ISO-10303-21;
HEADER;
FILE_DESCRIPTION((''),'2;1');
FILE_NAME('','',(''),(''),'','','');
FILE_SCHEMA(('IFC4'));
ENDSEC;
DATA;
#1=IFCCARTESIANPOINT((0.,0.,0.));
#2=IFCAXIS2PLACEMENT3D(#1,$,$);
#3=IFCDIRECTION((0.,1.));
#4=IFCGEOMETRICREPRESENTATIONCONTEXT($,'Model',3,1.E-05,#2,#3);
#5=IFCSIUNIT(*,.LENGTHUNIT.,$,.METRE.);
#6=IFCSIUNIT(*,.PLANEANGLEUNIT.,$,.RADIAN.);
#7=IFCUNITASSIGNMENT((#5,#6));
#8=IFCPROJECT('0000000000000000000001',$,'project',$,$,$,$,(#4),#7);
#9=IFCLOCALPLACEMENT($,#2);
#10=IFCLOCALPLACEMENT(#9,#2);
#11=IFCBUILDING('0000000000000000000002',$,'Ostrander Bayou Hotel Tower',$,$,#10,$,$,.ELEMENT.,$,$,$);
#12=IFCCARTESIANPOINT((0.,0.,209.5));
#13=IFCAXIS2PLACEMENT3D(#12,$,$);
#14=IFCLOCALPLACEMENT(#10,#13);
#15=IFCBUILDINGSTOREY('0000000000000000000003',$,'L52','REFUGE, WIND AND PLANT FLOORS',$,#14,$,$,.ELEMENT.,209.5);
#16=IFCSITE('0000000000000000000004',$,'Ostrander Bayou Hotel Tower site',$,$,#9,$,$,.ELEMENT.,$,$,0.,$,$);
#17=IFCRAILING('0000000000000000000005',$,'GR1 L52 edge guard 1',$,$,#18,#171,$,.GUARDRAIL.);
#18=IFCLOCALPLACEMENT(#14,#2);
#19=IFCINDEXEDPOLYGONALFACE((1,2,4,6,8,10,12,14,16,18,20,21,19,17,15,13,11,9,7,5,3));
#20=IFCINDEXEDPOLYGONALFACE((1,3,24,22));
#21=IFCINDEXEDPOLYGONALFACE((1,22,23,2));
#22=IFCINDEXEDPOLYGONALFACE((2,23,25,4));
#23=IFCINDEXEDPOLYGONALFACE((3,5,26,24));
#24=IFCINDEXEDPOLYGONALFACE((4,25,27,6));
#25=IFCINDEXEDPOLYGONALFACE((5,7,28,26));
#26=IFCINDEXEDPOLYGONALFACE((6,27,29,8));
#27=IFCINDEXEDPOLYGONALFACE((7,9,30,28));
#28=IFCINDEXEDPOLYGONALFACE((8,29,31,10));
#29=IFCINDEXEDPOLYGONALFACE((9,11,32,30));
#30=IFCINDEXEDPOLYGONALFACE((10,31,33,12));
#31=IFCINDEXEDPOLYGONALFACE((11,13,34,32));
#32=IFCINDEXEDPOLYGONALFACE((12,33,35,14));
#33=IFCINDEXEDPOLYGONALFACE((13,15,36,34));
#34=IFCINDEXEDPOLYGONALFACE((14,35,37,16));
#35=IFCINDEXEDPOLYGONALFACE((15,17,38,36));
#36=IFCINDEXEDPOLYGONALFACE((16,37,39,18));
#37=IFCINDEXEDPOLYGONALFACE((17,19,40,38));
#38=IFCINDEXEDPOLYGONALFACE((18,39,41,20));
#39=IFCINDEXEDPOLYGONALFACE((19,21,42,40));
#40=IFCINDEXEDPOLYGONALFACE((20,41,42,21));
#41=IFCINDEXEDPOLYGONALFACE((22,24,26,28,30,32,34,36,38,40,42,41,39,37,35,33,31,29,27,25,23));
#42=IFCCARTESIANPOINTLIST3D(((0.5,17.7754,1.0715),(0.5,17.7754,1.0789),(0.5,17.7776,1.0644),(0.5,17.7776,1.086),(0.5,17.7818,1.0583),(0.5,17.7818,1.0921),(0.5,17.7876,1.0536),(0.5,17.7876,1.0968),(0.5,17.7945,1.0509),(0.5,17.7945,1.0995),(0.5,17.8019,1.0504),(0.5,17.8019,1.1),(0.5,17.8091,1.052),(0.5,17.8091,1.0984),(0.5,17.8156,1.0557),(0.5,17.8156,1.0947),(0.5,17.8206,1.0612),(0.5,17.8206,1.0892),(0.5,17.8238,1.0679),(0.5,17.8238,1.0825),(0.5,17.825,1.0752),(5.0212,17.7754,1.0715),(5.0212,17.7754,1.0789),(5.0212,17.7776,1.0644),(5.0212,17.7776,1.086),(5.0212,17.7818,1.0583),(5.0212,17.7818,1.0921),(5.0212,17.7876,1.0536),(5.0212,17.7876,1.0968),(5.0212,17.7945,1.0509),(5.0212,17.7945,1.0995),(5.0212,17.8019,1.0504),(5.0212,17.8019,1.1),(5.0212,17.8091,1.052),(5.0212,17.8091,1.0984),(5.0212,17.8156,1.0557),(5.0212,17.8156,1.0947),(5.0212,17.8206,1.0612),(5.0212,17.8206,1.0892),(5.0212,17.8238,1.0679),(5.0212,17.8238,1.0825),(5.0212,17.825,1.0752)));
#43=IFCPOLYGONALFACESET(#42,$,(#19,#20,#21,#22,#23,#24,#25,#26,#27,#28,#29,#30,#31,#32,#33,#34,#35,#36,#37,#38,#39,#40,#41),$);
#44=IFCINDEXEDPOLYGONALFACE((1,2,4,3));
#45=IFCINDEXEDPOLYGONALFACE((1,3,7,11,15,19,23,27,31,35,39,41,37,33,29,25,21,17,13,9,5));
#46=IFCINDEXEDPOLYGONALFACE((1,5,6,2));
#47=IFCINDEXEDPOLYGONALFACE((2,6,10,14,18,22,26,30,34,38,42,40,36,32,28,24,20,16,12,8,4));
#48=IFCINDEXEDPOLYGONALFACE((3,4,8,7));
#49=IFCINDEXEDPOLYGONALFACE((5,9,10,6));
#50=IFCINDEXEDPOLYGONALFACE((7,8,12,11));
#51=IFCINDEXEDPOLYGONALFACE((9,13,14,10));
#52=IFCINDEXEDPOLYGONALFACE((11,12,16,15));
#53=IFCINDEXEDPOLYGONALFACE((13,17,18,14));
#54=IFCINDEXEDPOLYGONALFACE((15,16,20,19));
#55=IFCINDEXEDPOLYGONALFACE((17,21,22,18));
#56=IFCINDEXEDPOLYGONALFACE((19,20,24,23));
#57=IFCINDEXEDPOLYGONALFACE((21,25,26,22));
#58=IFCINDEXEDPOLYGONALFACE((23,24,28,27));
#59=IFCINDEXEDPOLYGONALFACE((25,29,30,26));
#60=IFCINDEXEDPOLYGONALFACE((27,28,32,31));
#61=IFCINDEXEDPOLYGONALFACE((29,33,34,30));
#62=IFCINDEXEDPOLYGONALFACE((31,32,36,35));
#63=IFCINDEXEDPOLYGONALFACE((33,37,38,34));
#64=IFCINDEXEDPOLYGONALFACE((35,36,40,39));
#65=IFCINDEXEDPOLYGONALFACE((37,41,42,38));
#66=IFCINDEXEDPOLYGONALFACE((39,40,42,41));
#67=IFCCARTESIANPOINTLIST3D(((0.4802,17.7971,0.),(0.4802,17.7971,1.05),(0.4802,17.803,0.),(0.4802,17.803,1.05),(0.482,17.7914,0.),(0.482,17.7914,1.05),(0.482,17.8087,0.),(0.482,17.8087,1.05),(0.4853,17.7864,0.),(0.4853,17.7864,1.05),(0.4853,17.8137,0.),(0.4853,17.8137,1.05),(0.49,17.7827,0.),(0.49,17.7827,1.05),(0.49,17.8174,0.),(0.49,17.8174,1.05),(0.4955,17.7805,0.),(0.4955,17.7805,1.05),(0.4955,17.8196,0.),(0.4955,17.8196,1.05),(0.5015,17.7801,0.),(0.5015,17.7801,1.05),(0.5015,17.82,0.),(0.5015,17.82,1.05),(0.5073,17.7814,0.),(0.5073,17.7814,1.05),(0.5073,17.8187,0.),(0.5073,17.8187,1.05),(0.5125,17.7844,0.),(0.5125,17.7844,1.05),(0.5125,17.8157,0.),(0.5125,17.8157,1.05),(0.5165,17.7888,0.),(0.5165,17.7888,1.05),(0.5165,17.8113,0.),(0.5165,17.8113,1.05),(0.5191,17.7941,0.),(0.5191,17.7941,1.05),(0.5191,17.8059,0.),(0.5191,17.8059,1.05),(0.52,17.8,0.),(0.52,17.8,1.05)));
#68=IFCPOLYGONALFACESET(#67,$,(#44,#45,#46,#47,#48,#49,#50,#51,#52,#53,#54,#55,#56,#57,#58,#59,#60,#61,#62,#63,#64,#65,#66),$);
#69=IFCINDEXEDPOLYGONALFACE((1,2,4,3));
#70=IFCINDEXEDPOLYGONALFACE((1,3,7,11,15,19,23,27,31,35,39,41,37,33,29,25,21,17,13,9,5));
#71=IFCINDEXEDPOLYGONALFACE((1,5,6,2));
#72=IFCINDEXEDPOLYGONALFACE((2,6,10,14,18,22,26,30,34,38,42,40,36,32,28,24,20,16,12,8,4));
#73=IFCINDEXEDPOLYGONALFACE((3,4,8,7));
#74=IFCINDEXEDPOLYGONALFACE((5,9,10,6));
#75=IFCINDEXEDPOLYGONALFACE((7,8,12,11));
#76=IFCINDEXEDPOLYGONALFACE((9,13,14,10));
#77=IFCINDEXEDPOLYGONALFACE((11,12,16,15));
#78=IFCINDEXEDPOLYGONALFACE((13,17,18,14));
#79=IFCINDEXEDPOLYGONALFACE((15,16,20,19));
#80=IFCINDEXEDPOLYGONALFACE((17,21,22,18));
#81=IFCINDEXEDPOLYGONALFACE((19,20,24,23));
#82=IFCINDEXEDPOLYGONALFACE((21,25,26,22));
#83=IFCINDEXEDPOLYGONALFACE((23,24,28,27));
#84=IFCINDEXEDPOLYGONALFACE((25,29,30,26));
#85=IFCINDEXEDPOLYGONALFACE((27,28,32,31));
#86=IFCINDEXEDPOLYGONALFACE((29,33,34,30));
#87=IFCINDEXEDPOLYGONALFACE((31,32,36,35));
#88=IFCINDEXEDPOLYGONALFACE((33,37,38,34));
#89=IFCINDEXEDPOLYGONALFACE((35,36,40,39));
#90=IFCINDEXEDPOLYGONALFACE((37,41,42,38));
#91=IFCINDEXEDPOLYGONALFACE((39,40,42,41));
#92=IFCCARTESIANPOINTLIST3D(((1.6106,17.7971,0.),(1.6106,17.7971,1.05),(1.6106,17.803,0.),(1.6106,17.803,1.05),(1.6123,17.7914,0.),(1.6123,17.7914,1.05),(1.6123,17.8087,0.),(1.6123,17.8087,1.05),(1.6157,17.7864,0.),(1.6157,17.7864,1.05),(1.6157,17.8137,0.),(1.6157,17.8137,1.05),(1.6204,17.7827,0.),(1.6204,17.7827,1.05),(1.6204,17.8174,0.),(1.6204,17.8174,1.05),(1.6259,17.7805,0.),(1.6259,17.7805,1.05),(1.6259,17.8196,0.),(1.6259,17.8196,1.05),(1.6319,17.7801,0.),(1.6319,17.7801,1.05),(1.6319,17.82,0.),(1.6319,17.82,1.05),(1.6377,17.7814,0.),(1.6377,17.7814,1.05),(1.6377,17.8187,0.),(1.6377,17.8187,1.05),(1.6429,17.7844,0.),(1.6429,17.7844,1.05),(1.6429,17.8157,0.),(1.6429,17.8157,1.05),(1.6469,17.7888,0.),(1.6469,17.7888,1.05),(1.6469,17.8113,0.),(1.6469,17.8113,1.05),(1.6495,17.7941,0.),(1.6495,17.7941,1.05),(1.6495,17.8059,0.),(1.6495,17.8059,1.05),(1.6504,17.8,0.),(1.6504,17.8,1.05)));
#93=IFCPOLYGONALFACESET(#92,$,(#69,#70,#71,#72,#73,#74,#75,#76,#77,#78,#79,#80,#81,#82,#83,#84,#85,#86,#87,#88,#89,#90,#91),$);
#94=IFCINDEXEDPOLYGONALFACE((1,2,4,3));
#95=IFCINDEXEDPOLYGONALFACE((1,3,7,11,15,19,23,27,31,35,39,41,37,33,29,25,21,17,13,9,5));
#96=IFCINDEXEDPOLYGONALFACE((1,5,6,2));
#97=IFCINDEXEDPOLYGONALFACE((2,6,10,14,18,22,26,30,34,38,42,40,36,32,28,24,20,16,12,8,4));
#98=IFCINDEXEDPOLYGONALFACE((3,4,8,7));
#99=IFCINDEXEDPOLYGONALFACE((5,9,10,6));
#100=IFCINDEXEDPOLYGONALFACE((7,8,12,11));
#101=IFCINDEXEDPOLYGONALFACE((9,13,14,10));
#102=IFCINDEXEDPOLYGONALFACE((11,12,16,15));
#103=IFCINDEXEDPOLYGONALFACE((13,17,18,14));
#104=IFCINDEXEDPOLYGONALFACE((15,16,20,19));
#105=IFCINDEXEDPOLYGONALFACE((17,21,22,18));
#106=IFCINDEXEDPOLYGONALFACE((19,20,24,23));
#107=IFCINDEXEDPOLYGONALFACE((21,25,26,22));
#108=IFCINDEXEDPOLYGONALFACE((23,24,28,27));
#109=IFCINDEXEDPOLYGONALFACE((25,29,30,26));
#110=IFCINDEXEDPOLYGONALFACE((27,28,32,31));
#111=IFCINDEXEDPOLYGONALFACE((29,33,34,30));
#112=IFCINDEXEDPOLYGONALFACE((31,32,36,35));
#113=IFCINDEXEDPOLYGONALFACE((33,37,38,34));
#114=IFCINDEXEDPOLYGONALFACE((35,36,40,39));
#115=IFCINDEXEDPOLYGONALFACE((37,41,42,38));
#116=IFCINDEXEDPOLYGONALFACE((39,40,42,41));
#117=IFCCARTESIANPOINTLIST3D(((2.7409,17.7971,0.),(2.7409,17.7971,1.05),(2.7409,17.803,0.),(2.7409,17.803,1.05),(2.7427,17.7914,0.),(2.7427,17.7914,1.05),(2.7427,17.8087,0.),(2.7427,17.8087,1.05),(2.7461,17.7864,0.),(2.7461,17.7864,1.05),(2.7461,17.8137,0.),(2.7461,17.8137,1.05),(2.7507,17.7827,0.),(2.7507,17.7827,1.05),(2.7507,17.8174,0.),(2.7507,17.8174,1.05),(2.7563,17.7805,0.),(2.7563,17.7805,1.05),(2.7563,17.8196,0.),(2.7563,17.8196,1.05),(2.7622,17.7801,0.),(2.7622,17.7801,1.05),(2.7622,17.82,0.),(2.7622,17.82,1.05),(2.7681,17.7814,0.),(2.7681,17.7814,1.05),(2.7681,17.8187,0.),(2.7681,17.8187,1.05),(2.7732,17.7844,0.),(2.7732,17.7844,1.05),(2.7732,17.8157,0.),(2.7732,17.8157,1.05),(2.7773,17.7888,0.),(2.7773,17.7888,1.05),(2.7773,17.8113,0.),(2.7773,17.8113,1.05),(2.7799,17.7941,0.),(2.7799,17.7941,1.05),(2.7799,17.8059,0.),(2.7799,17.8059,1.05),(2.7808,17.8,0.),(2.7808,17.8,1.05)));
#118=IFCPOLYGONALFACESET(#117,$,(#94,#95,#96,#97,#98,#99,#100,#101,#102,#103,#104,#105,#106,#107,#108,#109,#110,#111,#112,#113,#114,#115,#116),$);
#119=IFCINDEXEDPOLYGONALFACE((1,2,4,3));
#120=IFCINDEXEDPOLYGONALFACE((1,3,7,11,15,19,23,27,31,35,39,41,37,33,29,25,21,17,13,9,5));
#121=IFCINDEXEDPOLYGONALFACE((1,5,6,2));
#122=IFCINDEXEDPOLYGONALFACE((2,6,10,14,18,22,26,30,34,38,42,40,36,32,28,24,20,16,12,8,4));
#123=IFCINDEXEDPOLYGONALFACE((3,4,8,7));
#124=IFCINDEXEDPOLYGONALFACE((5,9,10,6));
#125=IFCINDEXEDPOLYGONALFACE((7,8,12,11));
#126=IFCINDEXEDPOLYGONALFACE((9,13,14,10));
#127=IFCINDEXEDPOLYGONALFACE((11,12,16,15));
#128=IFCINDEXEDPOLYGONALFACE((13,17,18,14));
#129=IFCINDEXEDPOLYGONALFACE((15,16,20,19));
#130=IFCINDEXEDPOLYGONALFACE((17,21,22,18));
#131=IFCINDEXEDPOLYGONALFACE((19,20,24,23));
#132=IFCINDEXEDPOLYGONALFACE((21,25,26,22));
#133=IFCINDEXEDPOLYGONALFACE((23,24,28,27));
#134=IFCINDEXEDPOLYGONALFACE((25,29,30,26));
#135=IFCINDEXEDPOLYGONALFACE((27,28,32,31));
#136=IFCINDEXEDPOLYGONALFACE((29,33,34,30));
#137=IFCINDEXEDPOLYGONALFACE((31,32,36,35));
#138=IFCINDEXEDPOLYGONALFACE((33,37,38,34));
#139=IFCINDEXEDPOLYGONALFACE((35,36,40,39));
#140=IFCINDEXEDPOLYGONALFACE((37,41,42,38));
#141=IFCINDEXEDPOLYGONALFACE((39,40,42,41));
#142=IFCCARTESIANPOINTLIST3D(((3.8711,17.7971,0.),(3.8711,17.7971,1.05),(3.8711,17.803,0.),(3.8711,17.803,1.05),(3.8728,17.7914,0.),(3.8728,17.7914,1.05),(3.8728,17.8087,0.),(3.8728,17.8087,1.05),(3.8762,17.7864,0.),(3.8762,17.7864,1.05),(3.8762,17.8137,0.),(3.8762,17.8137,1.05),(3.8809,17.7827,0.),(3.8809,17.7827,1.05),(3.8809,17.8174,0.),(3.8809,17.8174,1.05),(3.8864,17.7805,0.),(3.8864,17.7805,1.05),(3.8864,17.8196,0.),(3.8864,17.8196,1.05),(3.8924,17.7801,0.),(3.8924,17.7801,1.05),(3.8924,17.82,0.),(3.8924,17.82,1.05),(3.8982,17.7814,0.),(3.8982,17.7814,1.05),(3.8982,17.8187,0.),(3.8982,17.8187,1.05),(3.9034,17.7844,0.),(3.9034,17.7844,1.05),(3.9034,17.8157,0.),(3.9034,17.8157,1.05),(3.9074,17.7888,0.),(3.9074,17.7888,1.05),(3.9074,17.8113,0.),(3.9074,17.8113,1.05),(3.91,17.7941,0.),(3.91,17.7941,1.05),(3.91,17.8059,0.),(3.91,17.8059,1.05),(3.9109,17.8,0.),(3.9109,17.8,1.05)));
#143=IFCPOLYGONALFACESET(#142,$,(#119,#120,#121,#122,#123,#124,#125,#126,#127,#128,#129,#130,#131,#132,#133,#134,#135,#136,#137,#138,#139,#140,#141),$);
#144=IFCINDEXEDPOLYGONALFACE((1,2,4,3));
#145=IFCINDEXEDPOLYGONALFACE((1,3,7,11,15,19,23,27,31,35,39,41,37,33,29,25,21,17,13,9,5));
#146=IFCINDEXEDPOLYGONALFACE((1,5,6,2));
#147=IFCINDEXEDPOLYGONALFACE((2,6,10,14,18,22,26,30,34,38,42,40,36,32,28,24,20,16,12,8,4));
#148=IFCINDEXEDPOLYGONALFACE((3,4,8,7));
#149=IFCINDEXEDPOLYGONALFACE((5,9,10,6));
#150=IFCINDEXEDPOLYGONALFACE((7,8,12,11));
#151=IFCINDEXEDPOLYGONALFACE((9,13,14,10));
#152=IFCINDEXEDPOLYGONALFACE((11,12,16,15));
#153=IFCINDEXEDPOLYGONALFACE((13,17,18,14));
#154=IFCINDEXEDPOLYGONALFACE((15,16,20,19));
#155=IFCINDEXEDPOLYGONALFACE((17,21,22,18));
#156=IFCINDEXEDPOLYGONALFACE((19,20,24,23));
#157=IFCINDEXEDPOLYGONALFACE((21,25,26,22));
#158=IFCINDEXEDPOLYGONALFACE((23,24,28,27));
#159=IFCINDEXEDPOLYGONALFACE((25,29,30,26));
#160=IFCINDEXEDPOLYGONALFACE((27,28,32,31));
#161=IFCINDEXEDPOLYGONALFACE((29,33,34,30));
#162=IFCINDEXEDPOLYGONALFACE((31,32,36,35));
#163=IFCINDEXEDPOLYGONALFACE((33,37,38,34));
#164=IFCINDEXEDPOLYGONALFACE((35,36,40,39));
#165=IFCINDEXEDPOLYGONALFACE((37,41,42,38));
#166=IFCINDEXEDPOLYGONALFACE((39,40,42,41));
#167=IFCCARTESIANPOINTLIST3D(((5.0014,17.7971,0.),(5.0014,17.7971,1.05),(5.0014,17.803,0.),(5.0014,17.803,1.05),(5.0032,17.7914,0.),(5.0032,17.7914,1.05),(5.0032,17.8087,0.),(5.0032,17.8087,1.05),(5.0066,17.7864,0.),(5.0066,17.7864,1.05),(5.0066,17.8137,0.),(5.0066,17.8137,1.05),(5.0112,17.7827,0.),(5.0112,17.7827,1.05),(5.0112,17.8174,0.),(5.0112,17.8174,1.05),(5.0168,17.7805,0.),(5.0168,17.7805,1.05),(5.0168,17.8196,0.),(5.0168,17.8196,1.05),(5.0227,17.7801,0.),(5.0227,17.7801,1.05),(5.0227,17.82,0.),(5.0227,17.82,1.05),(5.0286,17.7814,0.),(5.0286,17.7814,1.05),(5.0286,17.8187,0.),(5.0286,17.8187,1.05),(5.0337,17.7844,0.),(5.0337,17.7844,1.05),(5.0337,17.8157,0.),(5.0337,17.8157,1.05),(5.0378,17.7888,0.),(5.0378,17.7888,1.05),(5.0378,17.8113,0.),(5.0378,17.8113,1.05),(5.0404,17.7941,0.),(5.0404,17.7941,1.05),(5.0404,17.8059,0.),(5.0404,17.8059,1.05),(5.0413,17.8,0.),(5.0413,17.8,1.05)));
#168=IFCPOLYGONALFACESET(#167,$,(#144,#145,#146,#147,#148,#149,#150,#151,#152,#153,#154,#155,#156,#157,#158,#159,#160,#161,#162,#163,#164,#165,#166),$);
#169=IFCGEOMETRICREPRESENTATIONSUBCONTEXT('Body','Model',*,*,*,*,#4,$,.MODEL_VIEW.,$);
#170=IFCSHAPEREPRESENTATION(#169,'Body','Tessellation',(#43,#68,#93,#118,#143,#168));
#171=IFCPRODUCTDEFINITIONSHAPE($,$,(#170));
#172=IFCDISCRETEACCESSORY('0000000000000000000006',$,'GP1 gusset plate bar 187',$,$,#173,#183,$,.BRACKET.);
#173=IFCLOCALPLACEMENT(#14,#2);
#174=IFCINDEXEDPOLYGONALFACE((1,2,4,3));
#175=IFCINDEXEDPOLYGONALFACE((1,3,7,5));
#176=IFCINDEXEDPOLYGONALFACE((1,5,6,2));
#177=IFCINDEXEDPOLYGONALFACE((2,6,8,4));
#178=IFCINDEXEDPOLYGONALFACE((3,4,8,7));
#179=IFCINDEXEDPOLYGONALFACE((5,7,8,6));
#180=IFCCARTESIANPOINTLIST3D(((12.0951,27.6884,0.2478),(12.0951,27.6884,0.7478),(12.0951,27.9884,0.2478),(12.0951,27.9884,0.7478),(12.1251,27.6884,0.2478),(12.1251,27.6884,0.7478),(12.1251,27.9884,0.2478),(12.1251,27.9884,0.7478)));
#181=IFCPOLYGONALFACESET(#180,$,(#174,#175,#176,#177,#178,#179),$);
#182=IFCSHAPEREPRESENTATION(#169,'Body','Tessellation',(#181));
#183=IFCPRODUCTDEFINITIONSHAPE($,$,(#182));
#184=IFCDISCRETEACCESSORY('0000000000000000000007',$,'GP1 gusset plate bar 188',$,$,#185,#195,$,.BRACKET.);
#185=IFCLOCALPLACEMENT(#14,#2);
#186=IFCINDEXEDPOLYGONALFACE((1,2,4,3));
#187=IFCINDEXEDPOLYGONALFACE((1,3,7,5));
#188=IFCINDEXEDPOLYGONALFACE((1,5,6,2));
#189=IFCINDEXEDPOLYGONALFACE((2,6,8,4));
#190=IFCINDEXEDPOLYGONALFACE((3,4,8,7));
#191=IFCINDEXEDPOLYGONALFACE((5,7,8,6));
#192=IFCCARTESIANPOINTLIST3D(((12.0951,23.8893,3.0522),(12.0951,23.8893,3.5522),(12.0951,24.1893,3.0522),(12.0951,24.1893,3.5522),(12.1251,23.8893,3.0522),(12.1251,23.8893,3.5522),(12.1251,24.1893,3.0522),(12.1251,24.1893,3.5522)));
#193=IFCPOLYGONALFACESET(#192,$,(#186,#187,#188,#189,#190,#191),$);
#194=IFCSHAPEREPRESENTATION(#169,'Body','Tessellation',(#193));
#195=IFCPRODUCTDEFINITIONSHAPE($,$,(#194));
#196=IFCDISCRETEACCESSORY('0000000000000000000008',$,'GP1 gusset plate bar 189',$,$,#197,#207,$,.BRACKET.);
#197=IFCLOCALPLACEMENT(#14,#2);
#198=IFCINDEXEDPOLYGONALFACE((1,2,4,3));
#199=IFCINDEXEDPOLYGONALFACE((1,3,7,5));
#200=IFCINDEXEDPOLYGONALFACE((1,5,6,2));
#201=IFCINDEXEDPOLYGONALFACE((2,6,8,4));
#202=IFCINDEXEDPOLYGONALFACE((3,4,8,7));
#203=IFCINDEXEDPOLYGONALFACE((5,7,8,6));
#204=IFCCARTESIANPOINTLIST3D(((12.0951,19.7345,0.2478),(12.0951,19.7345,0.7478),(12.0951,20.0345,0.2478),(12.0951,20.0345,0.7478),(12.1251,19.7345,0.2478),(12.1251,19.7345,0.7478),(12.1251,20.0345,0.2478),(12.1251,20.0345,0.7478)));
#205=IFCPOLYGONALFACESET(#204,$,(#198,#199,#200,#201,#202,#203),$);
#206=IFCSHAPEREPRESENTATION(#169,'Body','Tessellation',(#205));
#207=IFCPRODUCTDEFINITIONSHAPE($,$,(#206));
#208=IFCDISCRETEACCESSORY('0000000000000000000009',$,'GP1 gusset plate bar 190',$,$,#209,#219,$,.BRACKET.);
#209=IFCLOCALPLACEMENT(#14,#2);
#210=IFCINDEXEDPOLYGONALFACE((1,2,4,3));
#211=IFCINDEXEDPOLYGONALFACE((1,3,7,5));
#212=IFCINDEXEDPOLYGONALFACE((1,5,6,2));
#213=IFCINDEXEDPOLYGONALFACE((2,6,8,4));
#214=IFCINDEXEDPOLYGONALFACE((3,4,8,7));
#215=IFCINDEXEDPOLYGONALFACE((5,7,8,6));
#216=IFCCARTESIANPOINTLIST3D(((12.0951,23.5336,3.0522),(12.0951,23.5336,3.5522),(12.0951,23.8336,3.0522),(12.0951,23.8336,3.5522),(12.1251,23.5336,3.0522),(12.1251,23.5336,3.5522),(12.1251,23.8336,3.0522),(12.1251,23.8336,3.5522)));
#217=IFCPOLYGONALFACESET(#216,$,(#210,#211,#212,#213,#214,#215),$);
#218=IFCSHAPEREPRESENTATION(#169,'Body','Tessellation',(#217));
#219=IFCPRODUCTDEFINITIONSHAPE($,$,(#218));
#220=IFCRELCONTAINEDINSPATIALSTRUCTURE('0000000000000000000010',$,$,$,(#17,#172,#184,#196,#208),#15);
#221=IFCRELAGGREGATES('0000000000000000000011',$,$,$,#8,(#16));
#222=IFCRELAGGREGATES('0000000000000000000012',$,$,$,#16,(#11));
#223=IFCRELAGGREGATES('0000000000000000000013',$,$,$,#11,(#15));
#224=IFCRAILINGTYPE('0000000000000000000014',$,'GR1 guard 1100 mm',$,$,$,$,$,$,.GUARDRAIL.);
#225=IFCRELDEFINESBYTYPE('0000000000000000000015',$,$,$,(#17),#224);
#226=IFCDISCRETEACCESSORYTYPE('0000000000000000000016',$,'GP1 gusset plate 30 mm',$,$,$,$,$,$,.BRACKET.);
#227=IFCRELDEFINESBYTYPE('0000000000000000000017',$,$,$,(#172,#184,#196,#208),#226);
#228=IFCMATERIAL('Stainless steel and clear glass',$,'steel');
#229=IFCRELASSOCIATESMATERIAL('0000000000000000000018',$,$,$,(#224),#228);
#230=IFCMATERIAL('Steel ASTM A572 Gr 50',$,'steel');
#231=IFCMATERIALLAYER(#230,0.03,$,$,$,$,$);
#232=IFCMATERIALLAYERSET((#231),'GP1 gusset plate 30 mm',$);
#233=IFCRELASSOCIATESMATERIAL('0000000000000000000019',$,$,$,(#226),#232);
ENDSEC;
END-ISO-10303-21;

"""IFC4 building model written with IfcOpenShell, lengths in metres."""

from ifc_helpers import new_model, si_unit, direction, frame, origin, origin_2d, place, context, subcontext, project, spatial, rectangle, circle, extrude, material, layer, layer_set, type_object, element, save


model = new_model("IFC4")

# Units and contexts
model_context = context("Model", 3, precision=1e-05, world=origin(), true_north=direction((0.0, 1.0)))
body_context = subcontext(model_context, "Body", "Model", "MODEL_VIEW")
ifc_project = project(units=[si_unit("LENGTHUNIT", "METRE"), si_unit("PLANEANGLEUNIT", "RADIAN")], contexts=[model_context])

# Site, building, storey
site_placement = place(None, origin())
site = spatial("IfcSite", under=ifc_project, at=site_placement, Name="Ostrander Bayou Hotel Tower site", CompositionType="ELEMENT", RefElevation=0.0)
building_placement = place(site_placement, origin())
building = spatial("IfcBuilding", under=site, at=building_placement, Name="Ostrander Bayou Hotel Tower", CompositionType="ELEMENT")
storey_placement = place(building_placement, frame((0.0, 0.0, 209.5)))
storey = spatial("IfcBuildingStorey", under=building, at=storey_placement, Name="L52", Description="REFUGE, WIND AND PLANT FLOORS", CompositionType="ELEMENT", Elevation=209.5)

# Railing
ifc_material_1 = material(Name="Stainless steel and clear glass", Category="steel")
railing_type = type_object("IfcRailingType", Name="GR1 guard 1100 mm", PredefinedType="GUARDRAIL", material=ifc_material_1)
railing_1_placement = place(storey_placement, frame((0.5, 17.8, 0.0)))
element("IfcRailing", 1, at=railing_1_placement, inside=storey, type_object=railing_type, Name="GR1 L52 edge guard 1", PredefinedType="GUARDRAIL", context=body_context, shape_type="SweptSolid", body=[
    extrude(circle(Radius=0.0249, at=origin_2d()), frame((0.0, 0.0, 1.0752), z_axis=(1.0, 0.0, 0.0), x_axis=(0.0, 1.0, 0.0)), (0.0, 0.0, 1.0), 4.5212),
    extrude(circle(Radius=0.02, at=origin_2d()), origin(), (0.0, 0.0, 1.0), 1.05),
    extrude(circle(Radius=0.02, at=origin_2d()), frame((1.1304, 0.0, 0.0)), (0.0, 0.0, 1.0), 1.05),
    extrude(circle(Radius=0.02, at=origin_2d()), frame((2.2607, 0.0, 0.0)), (0.0, 0.0, 1.0), 1.05),
    extrude(circle(Radius=0.02, at=origin_2d()), frame((3.3909, 0.0, 0.0)), (0.0, 0.0, 1.0), 1.05),
    extrude(circle(Radius=0.02, at=origin_2d()), frame((4.5212, 0.0, 0.0)), (0.0, 0.0, 1.0), 1.05),
])

# Discrete accessories
ifc_material_2 = material(Name="Steel ASTM A572 Gr 50", Category="steel")
ifc_layer = layer(ifc_material_2, 0.03)
ifc_layer_set = layer_set([ifc_layer], Name="GP1 gusset plate 30 mm")
discrete_accessory_type = type_object("IfcDiscreteAccessoryType", Name="GP1 gusset plate 30 mm", PredefinedType="BRACKET", material=ifc_layer_set)
for number, where, z_axis, x_axis, name in (
    (2, (12.1101, 27.8384, 0.2478), (0.0, 0.0, 1.0), (0.0, -1.0, 0.0), "GP1 gusset plate bar 187"),
    (3, (12.1101, 24.0393, 3.0522), (0.0, 0.0, 1.0), (0.0, -1.0, 0.0), "GP1 gusset plate bar 188"),
    (4, (12.1101, 19.8845, 0.2478), (0.0, 0.0, 1.0), (0.0, 1.0, 0.0), "GP1 gusset plate bar 189"),
    (5, (12.1101, 23.6836, 3.0522), (0.0, 0.0, 1.0), (0.0, 1.0, 0.0), "GP1 gusset plate bar 190"),
):
    element("IfcDiscreteAccessory", number, at=place(storey_placement, frame(where, z_axis=z_axis, x_axis=x_axis)), inside=storey, type_object=discrete_accessory_type, Name=name, PredefinedType="BRACKET", context=body_context, shape_type="SweptSolid", body=[
        extrude(rectangle(XDim=0.3, YDim=0.03, at=origin_2d()), origin(), (0.0, 0.0, 1.0), 0.5),
    ])

save(model, "model.ifc")
